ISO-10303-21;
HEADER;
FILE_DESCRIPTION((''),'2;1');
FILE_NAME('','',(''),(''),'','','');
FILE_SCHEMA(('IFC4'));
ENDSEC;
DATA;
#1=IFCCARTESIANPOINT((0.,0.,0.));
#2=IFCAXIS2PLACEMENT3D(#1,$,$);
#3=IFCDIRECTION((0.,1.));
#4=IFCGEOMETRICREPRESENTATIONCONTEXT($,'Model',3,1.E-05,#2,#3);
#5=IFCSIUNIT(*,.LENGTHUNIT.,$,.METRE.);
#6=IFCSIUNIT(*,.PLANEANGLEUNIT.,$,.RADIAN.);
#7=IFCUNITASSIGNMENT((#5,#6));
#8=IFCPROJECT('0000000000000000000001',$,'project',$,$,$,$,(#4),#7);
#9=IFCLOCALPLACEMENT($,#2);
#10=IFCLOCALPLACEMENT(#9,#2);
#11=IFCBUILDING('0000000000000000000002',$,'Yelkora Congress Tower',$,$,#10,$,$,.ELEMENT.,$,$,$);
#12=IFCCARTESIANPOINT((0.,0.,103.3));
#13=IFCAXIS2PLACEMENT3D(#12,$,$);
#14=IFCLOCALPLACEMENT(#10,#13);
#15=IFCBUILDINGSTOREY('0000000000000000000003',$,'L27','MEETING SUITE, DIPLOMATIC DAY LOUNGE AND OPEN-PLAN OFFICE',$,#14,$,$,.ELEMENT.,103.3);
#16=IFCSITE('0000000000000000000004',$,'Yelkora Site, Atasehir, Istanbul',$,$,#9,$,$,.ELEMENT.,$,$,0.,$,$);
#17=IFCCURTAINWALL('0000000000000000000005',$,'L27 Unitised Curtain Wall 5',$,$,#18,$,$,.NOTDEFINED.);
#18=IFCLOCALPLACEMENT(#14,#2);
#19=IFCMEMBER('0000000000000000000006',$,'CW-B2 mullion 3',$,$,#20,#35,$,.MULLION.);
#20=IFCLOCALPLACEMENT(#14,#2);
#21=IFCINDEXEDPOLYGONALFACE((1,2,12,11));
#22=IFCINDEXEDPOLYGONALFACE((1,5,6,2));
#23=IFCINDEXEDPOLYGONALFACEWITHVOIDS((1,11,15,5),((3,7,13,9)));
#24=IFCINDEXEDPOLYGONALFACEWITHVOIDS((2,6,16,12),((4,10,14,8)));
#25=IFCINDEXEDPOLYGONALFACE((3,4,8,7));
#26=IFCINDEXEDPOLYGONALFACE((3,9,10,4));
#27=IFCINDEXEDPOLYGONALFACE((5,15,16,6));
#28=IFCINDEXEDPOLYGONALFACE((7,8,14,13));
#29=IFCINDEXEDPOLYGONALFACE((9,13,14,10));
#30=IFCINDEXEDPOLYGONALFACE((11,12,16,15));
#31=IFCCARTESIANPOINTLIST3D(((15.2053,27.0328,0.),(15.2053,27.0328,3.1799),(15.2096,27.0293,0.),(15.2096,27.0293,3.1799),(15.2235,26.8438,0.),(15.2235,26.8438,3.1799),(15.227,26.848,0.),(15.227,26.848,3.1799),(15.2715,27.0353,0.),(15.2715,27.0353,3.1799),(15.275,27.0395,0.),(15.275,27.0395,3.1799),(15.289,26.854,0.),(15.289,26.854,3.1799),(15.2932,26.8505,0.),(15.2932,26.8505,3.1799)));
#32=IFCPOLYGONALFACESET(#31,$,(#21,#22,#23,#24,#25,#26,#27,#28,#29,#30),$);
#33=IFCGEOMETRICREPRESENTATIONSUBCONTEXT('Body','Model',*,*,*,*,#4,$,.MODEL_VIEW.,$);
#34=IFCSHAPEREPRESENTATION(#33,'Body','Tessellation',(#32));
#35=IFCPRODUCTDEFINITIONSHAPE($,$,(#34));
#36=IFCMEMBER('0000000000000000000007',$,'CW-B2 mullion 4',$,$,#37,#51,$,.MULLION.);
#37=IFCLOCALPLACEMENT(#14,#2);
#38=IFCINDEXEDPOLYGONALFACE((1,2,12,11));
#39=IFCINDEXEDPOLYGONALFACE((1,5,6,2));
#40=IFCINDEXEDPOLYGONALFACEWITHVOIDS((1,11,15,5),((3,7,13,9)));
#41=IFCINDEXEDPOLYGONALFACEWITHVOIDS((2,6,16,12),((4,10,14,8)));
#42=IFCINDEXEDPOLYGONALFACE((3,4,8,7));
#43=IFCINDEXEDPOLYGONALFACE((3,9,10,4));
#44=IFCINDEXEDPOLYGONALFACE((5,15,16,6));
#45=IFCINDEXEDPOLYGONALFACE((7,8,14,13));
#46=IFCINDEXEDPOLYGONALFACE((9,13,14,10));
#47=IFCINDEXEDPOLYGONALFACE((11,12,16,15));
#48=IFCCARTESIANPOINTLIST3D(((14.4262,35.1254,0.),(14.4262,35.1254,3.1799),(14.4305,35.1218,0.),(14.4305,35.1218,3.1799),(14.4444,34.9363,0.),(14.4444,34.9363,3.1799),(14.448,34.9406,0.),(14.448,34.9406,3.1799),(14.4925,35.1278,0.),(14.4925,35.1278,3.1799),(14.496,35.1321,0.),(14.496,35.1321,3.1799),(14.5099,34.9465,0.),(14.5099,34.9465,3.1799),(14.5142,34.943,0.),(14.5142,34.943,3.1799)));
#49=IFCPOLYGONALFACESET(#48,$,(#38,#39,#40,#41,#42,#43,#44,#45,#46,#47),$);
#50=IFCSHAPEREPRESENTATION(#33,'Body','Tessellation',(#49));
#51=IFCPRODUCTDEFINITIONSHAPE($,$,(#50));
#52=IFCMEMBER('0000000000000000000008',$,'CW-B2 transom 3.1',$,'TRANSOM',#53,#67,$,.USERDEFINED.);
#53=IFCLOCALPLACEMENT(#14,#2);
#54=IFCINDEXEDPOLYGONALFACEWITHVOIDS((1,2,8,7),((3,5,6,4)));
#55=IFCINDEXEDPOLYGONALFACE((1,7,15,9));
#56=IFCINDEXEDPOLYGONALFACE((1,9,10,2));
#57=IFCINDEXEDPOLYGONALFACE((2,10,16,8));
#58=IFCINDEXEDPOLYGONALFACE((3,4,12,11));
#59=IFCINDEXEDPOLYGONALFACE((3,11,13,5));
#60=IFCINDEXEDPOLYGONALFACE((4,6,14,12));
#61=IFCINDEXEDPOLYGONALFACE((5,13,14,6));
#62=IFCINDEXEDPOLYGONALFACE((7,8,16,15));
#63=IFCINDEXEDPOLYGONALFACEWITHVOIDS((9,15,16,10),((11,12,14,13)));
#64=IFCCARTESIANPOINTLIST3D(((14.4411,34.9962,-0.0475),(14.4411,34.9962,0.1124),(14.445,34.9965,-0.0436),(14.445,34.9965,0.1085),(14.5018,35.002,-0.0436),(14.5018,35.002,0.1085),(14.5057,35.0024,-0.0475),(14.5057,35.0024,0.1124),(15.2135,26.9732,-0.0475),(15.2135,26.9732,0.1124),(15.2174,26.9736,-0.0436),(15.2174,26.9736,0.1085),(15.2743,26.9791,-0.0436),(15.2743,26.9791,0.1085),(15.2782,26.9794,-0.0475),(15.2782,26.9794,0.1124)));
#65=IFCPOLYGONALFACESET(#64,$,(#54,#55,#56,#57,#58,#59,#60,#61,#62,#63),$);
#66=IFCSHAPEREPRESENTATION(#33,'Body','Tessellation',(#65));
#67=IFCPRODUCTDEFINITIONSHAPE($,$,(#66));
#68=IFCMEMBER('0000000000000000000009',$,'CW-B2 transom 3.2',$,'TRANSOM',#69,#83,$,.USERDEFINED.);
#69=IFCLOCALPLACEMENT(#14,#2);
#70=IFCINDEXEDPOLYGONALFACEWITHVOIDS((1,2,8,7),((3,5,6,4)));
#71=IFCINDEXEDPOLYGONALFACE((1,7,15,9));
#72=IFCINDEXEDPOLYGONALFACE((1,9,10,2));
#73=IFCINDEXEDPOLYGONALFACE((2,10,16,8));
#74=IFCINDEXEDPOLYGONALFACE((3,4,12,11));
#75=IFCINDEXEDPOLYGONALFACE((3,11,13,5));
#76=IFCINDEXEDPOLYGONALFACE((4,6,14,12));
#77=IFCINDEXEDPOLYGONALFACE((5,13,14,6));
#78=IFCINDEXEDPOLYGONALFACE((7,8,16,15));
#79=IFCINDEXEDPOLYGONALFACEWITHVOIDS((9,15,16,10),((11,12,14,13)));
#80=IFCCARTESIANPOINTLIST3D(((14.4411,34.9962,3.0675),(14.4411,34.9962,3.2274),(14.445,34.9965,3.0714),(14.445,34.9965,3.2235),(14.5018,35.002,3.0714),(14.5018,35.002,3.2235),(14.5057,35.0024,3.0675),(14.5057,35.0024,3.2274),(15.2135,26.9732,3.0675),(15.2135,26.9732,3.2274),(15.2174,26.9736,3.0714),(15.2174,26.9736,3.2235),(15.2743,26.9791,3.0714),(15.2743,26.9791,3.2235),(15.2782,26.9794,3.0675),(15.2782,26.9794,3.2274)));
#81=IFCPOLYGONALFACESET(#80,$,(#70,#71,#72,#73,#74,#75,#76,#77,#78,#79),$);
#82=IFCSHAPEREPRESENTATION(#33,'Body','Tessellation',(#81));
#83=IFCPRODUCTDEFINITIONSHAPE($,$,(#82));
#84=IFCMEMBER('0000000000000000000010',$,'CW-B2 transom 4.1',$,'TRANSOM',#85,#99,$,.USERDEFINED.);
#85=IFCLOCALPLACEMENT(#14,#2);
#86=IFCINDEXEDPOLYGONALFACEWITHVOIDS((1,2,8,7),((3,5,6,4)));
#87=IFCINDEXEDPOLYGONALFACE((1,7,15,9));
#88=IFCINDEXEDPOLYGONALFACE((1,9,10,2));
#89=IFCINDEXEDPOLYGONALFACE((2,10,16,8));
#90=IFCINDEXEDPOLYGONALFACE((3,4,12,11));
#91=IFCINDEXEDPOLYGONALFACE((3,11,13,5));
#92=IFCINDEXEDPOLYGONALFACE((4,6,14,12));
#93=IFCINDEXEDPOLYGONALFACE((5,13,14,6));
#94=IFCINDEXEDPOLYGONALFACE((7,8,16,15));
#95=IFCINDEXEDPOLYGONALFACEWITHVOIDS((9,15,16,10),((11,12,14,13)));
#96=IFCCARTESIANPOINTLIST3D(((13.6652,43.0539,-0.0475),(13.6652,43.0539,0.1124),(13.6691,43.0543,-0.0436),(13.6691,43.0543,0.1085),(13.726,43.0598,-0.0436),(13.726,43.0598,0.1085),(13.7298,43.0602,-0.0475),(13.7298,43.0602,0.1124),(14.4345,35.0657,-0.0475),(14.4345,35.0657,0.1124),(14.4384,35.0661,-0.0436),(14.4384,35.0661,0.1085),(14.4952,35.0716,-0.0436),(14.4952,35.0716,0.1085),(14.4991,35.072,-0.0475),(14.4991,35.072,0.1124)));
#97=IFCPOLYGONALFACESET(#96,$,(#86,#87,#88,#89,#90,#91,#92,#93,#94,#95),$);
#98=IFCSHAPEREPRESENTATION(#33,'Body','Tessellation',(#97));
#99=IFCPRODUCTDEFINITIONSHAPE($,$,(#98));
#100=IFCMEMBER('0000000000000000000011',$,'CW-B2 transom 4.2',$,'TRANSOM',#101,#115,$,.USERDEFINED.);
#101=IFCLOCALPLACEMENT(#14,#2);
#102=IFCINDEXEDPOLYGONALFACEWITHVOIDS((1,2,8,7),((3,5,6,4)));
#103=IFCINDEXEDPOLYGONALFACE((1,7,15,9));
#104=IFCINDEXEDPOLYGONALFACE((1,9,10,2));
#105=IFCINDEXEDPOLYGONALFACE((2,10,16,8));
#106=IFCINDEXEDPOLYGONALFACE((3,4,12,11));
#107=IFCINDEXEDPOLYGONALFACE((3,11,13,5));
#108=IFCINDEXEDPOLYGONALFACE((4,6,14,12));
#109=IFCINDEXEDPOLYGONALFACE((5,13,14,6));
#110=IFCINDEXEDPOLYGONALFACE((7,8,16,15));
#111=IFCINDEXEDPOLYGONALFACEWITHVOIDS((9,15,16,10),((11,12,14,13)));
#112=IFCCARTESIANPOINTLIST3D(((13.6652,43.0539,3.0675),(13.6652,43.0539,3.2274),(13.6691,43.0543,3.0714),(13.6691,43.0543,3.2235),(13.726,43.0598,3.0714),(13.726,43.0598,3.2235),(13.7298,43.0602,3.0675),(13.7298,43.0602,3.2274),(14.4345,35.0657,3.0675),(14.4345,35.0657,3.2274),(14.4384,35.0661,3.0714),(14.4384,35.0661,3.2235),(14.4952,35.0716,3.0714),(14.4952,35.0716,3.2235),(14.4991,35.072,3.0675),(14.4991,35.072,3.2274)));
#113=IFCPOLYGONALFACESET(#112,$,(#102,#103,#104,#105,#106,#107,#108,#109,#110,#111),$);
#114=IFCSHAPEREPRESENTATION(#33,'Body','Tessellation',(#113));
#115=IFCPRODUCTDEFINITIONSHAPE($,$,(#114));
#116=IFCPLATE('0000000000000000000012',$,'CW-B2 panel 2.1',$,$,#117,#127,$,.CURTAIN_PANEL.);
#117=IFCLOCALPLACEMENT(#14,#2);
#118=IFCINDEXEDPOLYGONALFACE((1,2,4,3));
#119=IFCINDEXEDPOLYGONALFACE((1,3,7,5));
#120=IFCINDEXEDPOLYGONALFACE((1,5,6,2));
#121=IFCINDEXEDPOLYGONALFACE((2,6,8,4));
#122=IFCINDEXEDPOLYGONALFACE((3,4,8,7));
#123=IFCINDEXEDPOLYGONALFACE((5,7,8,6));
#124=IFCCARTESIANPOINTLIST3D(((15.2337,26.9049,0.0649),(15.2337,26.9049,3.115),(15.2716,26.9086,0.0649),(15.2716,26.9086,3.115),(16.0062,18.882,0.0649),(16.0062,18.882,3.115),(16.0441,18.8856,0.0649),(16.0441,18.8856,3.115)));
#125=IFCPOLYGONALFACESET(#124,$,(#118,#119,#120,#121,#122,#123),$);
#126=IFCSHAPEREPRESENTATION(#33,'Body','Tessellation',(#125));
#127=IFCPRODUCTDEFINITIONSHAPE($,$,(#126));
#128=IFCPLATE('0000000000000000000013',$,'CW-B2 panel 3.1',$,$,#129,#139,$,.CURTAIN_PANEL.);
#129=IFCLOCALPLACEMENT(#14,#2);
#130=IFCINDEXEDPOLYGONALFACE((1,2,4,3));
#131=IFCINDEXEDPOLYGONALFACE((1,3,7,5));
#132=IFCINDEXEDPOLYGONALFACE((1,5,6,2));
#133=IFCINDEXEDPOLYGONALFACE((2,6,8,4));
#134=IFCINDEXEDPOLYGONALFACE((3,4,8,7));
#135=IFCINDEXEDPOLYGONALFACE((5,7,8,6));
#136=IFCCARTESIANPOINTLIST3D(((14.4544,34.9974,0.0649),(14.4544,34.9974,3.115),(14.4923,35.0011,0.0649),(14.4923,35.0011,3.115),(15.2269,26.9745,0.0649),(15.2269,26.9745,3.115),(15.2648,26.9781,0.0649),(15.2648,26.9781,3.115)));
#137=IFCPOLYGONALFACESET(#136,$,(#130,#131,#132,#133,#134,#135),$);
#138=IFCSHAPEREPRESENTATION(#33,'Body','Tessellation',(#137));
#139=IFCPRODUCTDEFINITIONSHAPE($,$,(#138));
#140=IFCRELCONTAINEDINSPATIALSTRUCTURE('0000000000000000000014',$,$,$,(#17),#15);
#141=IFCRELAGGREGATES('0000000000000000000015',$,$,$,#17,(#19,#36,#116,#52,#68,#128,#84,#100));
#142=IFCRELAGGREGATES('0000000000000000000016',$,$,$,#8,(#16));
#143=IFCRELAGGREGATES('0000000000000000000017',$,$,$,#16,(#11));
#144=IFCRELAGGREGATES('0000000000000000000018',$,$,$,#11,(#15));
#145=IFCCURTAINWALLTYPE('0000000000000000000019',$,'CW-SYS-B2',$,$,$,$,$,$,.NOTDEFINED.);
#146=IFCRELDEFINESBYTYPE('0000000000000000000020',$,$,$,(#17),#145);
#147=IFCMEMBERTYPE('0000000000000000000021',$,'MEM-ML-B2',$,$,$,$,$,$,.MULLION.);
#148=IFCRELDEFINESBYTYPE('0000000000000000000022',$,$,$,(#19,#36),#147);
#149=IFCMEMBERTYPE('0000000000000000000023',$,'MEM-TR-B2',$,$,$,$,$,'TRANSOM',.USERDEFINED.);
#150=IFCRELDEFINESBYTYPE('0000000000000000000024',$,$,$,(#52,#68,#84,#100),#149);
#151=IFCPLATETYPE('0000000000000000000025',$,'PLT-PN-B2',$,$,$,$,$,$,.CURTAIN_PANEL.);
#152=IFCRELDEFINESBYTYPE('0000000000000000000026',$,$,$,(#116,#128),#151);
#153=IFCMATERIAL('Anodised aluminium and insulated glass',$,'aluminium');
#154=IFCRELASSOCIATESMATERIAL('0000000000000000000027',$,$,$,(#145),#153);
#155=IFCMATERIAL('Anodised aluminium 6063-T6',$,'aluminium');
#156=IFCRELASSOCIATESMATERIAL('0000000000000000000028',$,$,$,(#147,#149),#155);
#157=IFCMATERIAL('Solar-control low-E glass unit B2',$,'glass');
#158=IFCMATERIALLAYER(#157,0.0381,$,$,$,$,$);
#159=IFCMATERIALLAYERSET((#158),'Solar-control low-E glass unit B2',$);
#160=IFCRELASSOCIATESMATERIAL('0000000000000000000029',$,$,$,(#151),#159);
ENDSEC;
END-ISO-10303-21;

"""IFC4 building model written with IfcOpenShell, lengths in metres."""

from ifc_helpers import new_model, si_unit, direction, frame, origin, origin_2d, place, context, subcontext, project, spatial, rectangle, hollow_rectangle, extrude, material, layer, layer_set, material_profile, profile_set, type_object, element, aggregate, save


model = new_model("IFC4")

# Units and contexts
model_context = context("Model", 3, precision=1e-05, world=origin(), true_north=direction((0.0, 1.0)))
body_context = subcontext(model_context, "Body", "Model", "MODEL_VIEW")
ifc_project = project(units=[si_unit("LENGTHUNIT", "METRE"), si_unit("PLANEANGLEUNIT", "RADIAN")], contexts=[model_context])

# Site, building, storey
site_placement = place(None, origin())
site = spatial("IfcSite", under=ifc_project, at=site_placement, Name="Yelkora Site, Atasehir, Istanbul", CompositionType="ELEMENT", RefElevation=0.0)
building_placement = place(site_placement, origin())
building = spatial("IfcBuilding", under=site, at=building_placement, Name="Yelkora Congress Tower", CompositionType="ELEMENT")
storey_placement = place(building_placement, frame((0.0, 0.0, 103.3)))
storey = spatial("IfcBuildingStorey", under=building, at=storey_placement, Name="L27", Description="MEETING SUITE, DIPLOMATIC DAY LOUNGE AND OPEN-PLAN OFFICE", CompositionType="ELEMENT", Elevation=103.3)

# Curtain wall, members, plates
ifc_material_1 = material(Name="Anodised aluminium and insulated glass", Category="aluminium")
curtain_wall_type = type_object("IfcCurtainWallType", Name="CW-SYS-B2", PredefinedType="NOTDEFINED", material=ifc_material_1)
curtain_wall_placement = place(storey_placement, origin())
curtain_wall = element("IfcCurtainWall", 1, at=curtain_wall_placement, inside=storey, type_object=curtain_wall_type, Name="L27 Unitised Curtain Wall 5", PredefinedType="NOTDEFINED")
ifc_material_2 = material(Name="Anodised aluminium 6063-T6", Category="aluminium")
ifc_material_profile_1 = material_profile(ifc_material_2, hollow_rectangle(XDim=0.0701, YDim=0.1899, WallThickness=0.0039, at=origin_2d()), Name="ALU 70x190x4")
ifc_profile_set_1 = profile_set([ifc_material_profile_1], Name="Anodised aluminium 6063-T6")
member_type_1 = type_object("IfcMemberType", Name="MEM-ML-B2", PredefinedType="MULLION", material=ifc_profile_set_1)
member_1_placement = place(storey_placement, frame((15.2493, 26.9417, 0.0), z_axis=(0.0, 0.0, 1.0), x_axis=(-0.995397, -0.095843, 0.0)))
member_1 = element("IfcMember", 2, at=member_1_placement, type_object=member_type_1, Name="CW-B2 mullion 3", PredefinedType="MULLION", context=body_context, shape_type="SweptSolid", body=[
    extrude(hollow_rectangle(XDim=0.0701, YDim=0.1899, WallThickness=0.0039, at=origin_2d()), origin(), (0.0, 0.0, 1.0), 3.1799),
])
member_2_placement = place(storey_placement, frame((14.4702, 35.0342, 0.0), z_axis=(0.0, 0.0, 1.0), x_axis=(-0.995397, -0.095843, 0.0)))
member_2 = element("IfcMember", 3, at=member_2_placement, type_object=member_type_1, Name="CW-B2 mullion 4", PredefinedType="MULLION", context=body_context, shape_type="SweptSolid", body=[
    extrude(hollow_rectangle(XDim=0.0701, YDim=0.1899, WallThickness=0.0039, at=origin_2d()), origin(), (0.0, 0.0, 1.0), 3.1799),
])
ifc_material_profile_2 = material_profile(ifc_material_2, hollow_rectangle(XDim=0.0649, YDim=0.1599, WallThickness=0.0039, at=origin_2d()), Name="ALU 65x160x4")
ifc_profile_set_2 = profile_set([ifc_material_profile_2], Name="Anodised aluminium 6063-T6")
member_type_2 = type_object("IfcMemberType", Name="MEM-TR-B2", ElementType="TRANSOM", PredefinedType="USERDEFINED", material=ifc_profile_set_2)
member_3_placement = place(storey_placement, frame((15.2458, 26.9763, 0.0325), z_axis=(-0.095838, 0.995397, 0.0), x_axis=(-0.995397, -0.095838, 0.0)))
member_3 = element("IfcMember", 4, at=member_3_placement, type_object=member_type_2, Name="CW-B2 transom 3.1", ObjectType="TRANSOM", PredefinedType="USERDEFINED", context=body_context, shape_type="SweptSolid", body=[
    extrude(hollow_rectangle(XDim=0.0649, YDim=0.1599, WallThickness=0.0039, at=origin_2d()), origin(), (0.0, 0.0, 1.0), 8.0601),
])
member_4_placement = place(storey_placement, frame((15.2458, 26.9763, 3.1475), z_axis=(-0.095838, 0.995397, 0.0), x_axis=(-0.995397, -0.095838, 0.0)))
member_4 = element("IfcMember", 5, at=member_4_placement, type_object=member_type_2, Name="CW-B2 transom 3.2", ObjectType="TRANSOM", PredefinedType="USERDEFINED", context=body_context, shape_type="SweptSolid", body=[
    extrude(hollow_rectangle(XDim=0.0649, YDim=0.1599, WallThickness=0.0039, at=origin_2d()), origin(), (0.0, 0.0, 1.0), 8.0601),
])
member_5_placement = place(storey_placement, frame((14.4668, 35.0688, 0.0325), z_axis=(-0.095858, 0.995395, 0.0), x_axis=(-0.995395, -0.095858, 0.0)))
member_5 = element("IfcMember", 6, at=member_5_placement, type_object=member_type_2, Name="CW-B2 transom 4.1", ObjectType="TRANSOM", PredefinedType="USERDEFINED", context=body_context, shape_type="SweptSolid", body=[
    extrude(hollow_rectangle(XDim=0.0649, YDim=0.1599, WallThickness=0.0039, at=origin_2d()), origin(), (0.0, 0.0, 1.0), 8.0251),
])
member_6_placement = place(storey_placement, frame((14.4668, 35.0688, 3.1475), z_axis=(-0.095858, 0.995395, 0.0), x_axis=(-0.995395, -0.095858, 0.0)))
member_6 = element("IfcMember", 7, at=member_6_placement, type_object=member_type_2, Name="CW-B2 transom 4.2", ObjectType="TRANSOM", PredefinedType="USERDEFINED", context=body_context, shape_type="SweptSolid", body=[
    extrude(hollow_rectangle(XDim=0.0649, YDim=0.1599, WallThickness=0.0039, at=origin_2d()), origin(), (0.0, 0.0, 1.0), 8.0251),
])
ifc_material_3 = material(Name="Solar-control low-E glass unit B2", Category="glass")
ifc_layer_1 = layer(ifc_material_3, 0.0381)
ifc_layer_set_1 = layer_set([ifc_layer_1], Name="Solar-control low-E glass unit B2")
plate_type = type_object("IfcPlateType", Name="PLT-PN-B2", PredefinedType="CURTAIN_PANEL", material=ifc_layer_set_1)
plate_1_placement = place(storey_placement, frame((15.6389, 22.8953, 0.0649), z_axis=(0.0, 0.0, 1.0), x_axis=(-0.095843, 0.995397, 0.0)))
plate_1 = element("IfcPlate", 8, at=plate_1_placement, type_object=plate_type, Name="CW-B2 panel 2.1", PredefinedType="CURTAIN_PANEL", context=body_context, shape_type="SweptSolid", body=[
    extrude(rectangle(XDim=8.0601, YDim=0.0381, at=origin_2d()), origin(), (0.0, 0.0, 1.0), 3.05),
])
plate_2_placement = place(storey_placement, frame((14.8596, 30.9878, 0.0649), z_axis=(0.0, 0.0, 1.0), x_axis=(-0.095843, 0.995397, 0.0)))
plate_2 = element("IfcPlate", 9, at=plate_2_placement, type_object=plate_type, Name="CW-B2 panel 3.1", PredefinedType="CURTAIN_PANEL", context=body_context, shape_type="SweptSolid", body=[
    extrude(rectangle(XDim=8.0601, YDim=0.0381, at=origin_2d()), origin(), (0.0, 0.0, 1.0), 3.05),
])
aggregate(curtain_wall, [member_1, member_2, plate_1, member_3, member_4, plate_2, member_5, member_6])

save(model, "model.ifc")
